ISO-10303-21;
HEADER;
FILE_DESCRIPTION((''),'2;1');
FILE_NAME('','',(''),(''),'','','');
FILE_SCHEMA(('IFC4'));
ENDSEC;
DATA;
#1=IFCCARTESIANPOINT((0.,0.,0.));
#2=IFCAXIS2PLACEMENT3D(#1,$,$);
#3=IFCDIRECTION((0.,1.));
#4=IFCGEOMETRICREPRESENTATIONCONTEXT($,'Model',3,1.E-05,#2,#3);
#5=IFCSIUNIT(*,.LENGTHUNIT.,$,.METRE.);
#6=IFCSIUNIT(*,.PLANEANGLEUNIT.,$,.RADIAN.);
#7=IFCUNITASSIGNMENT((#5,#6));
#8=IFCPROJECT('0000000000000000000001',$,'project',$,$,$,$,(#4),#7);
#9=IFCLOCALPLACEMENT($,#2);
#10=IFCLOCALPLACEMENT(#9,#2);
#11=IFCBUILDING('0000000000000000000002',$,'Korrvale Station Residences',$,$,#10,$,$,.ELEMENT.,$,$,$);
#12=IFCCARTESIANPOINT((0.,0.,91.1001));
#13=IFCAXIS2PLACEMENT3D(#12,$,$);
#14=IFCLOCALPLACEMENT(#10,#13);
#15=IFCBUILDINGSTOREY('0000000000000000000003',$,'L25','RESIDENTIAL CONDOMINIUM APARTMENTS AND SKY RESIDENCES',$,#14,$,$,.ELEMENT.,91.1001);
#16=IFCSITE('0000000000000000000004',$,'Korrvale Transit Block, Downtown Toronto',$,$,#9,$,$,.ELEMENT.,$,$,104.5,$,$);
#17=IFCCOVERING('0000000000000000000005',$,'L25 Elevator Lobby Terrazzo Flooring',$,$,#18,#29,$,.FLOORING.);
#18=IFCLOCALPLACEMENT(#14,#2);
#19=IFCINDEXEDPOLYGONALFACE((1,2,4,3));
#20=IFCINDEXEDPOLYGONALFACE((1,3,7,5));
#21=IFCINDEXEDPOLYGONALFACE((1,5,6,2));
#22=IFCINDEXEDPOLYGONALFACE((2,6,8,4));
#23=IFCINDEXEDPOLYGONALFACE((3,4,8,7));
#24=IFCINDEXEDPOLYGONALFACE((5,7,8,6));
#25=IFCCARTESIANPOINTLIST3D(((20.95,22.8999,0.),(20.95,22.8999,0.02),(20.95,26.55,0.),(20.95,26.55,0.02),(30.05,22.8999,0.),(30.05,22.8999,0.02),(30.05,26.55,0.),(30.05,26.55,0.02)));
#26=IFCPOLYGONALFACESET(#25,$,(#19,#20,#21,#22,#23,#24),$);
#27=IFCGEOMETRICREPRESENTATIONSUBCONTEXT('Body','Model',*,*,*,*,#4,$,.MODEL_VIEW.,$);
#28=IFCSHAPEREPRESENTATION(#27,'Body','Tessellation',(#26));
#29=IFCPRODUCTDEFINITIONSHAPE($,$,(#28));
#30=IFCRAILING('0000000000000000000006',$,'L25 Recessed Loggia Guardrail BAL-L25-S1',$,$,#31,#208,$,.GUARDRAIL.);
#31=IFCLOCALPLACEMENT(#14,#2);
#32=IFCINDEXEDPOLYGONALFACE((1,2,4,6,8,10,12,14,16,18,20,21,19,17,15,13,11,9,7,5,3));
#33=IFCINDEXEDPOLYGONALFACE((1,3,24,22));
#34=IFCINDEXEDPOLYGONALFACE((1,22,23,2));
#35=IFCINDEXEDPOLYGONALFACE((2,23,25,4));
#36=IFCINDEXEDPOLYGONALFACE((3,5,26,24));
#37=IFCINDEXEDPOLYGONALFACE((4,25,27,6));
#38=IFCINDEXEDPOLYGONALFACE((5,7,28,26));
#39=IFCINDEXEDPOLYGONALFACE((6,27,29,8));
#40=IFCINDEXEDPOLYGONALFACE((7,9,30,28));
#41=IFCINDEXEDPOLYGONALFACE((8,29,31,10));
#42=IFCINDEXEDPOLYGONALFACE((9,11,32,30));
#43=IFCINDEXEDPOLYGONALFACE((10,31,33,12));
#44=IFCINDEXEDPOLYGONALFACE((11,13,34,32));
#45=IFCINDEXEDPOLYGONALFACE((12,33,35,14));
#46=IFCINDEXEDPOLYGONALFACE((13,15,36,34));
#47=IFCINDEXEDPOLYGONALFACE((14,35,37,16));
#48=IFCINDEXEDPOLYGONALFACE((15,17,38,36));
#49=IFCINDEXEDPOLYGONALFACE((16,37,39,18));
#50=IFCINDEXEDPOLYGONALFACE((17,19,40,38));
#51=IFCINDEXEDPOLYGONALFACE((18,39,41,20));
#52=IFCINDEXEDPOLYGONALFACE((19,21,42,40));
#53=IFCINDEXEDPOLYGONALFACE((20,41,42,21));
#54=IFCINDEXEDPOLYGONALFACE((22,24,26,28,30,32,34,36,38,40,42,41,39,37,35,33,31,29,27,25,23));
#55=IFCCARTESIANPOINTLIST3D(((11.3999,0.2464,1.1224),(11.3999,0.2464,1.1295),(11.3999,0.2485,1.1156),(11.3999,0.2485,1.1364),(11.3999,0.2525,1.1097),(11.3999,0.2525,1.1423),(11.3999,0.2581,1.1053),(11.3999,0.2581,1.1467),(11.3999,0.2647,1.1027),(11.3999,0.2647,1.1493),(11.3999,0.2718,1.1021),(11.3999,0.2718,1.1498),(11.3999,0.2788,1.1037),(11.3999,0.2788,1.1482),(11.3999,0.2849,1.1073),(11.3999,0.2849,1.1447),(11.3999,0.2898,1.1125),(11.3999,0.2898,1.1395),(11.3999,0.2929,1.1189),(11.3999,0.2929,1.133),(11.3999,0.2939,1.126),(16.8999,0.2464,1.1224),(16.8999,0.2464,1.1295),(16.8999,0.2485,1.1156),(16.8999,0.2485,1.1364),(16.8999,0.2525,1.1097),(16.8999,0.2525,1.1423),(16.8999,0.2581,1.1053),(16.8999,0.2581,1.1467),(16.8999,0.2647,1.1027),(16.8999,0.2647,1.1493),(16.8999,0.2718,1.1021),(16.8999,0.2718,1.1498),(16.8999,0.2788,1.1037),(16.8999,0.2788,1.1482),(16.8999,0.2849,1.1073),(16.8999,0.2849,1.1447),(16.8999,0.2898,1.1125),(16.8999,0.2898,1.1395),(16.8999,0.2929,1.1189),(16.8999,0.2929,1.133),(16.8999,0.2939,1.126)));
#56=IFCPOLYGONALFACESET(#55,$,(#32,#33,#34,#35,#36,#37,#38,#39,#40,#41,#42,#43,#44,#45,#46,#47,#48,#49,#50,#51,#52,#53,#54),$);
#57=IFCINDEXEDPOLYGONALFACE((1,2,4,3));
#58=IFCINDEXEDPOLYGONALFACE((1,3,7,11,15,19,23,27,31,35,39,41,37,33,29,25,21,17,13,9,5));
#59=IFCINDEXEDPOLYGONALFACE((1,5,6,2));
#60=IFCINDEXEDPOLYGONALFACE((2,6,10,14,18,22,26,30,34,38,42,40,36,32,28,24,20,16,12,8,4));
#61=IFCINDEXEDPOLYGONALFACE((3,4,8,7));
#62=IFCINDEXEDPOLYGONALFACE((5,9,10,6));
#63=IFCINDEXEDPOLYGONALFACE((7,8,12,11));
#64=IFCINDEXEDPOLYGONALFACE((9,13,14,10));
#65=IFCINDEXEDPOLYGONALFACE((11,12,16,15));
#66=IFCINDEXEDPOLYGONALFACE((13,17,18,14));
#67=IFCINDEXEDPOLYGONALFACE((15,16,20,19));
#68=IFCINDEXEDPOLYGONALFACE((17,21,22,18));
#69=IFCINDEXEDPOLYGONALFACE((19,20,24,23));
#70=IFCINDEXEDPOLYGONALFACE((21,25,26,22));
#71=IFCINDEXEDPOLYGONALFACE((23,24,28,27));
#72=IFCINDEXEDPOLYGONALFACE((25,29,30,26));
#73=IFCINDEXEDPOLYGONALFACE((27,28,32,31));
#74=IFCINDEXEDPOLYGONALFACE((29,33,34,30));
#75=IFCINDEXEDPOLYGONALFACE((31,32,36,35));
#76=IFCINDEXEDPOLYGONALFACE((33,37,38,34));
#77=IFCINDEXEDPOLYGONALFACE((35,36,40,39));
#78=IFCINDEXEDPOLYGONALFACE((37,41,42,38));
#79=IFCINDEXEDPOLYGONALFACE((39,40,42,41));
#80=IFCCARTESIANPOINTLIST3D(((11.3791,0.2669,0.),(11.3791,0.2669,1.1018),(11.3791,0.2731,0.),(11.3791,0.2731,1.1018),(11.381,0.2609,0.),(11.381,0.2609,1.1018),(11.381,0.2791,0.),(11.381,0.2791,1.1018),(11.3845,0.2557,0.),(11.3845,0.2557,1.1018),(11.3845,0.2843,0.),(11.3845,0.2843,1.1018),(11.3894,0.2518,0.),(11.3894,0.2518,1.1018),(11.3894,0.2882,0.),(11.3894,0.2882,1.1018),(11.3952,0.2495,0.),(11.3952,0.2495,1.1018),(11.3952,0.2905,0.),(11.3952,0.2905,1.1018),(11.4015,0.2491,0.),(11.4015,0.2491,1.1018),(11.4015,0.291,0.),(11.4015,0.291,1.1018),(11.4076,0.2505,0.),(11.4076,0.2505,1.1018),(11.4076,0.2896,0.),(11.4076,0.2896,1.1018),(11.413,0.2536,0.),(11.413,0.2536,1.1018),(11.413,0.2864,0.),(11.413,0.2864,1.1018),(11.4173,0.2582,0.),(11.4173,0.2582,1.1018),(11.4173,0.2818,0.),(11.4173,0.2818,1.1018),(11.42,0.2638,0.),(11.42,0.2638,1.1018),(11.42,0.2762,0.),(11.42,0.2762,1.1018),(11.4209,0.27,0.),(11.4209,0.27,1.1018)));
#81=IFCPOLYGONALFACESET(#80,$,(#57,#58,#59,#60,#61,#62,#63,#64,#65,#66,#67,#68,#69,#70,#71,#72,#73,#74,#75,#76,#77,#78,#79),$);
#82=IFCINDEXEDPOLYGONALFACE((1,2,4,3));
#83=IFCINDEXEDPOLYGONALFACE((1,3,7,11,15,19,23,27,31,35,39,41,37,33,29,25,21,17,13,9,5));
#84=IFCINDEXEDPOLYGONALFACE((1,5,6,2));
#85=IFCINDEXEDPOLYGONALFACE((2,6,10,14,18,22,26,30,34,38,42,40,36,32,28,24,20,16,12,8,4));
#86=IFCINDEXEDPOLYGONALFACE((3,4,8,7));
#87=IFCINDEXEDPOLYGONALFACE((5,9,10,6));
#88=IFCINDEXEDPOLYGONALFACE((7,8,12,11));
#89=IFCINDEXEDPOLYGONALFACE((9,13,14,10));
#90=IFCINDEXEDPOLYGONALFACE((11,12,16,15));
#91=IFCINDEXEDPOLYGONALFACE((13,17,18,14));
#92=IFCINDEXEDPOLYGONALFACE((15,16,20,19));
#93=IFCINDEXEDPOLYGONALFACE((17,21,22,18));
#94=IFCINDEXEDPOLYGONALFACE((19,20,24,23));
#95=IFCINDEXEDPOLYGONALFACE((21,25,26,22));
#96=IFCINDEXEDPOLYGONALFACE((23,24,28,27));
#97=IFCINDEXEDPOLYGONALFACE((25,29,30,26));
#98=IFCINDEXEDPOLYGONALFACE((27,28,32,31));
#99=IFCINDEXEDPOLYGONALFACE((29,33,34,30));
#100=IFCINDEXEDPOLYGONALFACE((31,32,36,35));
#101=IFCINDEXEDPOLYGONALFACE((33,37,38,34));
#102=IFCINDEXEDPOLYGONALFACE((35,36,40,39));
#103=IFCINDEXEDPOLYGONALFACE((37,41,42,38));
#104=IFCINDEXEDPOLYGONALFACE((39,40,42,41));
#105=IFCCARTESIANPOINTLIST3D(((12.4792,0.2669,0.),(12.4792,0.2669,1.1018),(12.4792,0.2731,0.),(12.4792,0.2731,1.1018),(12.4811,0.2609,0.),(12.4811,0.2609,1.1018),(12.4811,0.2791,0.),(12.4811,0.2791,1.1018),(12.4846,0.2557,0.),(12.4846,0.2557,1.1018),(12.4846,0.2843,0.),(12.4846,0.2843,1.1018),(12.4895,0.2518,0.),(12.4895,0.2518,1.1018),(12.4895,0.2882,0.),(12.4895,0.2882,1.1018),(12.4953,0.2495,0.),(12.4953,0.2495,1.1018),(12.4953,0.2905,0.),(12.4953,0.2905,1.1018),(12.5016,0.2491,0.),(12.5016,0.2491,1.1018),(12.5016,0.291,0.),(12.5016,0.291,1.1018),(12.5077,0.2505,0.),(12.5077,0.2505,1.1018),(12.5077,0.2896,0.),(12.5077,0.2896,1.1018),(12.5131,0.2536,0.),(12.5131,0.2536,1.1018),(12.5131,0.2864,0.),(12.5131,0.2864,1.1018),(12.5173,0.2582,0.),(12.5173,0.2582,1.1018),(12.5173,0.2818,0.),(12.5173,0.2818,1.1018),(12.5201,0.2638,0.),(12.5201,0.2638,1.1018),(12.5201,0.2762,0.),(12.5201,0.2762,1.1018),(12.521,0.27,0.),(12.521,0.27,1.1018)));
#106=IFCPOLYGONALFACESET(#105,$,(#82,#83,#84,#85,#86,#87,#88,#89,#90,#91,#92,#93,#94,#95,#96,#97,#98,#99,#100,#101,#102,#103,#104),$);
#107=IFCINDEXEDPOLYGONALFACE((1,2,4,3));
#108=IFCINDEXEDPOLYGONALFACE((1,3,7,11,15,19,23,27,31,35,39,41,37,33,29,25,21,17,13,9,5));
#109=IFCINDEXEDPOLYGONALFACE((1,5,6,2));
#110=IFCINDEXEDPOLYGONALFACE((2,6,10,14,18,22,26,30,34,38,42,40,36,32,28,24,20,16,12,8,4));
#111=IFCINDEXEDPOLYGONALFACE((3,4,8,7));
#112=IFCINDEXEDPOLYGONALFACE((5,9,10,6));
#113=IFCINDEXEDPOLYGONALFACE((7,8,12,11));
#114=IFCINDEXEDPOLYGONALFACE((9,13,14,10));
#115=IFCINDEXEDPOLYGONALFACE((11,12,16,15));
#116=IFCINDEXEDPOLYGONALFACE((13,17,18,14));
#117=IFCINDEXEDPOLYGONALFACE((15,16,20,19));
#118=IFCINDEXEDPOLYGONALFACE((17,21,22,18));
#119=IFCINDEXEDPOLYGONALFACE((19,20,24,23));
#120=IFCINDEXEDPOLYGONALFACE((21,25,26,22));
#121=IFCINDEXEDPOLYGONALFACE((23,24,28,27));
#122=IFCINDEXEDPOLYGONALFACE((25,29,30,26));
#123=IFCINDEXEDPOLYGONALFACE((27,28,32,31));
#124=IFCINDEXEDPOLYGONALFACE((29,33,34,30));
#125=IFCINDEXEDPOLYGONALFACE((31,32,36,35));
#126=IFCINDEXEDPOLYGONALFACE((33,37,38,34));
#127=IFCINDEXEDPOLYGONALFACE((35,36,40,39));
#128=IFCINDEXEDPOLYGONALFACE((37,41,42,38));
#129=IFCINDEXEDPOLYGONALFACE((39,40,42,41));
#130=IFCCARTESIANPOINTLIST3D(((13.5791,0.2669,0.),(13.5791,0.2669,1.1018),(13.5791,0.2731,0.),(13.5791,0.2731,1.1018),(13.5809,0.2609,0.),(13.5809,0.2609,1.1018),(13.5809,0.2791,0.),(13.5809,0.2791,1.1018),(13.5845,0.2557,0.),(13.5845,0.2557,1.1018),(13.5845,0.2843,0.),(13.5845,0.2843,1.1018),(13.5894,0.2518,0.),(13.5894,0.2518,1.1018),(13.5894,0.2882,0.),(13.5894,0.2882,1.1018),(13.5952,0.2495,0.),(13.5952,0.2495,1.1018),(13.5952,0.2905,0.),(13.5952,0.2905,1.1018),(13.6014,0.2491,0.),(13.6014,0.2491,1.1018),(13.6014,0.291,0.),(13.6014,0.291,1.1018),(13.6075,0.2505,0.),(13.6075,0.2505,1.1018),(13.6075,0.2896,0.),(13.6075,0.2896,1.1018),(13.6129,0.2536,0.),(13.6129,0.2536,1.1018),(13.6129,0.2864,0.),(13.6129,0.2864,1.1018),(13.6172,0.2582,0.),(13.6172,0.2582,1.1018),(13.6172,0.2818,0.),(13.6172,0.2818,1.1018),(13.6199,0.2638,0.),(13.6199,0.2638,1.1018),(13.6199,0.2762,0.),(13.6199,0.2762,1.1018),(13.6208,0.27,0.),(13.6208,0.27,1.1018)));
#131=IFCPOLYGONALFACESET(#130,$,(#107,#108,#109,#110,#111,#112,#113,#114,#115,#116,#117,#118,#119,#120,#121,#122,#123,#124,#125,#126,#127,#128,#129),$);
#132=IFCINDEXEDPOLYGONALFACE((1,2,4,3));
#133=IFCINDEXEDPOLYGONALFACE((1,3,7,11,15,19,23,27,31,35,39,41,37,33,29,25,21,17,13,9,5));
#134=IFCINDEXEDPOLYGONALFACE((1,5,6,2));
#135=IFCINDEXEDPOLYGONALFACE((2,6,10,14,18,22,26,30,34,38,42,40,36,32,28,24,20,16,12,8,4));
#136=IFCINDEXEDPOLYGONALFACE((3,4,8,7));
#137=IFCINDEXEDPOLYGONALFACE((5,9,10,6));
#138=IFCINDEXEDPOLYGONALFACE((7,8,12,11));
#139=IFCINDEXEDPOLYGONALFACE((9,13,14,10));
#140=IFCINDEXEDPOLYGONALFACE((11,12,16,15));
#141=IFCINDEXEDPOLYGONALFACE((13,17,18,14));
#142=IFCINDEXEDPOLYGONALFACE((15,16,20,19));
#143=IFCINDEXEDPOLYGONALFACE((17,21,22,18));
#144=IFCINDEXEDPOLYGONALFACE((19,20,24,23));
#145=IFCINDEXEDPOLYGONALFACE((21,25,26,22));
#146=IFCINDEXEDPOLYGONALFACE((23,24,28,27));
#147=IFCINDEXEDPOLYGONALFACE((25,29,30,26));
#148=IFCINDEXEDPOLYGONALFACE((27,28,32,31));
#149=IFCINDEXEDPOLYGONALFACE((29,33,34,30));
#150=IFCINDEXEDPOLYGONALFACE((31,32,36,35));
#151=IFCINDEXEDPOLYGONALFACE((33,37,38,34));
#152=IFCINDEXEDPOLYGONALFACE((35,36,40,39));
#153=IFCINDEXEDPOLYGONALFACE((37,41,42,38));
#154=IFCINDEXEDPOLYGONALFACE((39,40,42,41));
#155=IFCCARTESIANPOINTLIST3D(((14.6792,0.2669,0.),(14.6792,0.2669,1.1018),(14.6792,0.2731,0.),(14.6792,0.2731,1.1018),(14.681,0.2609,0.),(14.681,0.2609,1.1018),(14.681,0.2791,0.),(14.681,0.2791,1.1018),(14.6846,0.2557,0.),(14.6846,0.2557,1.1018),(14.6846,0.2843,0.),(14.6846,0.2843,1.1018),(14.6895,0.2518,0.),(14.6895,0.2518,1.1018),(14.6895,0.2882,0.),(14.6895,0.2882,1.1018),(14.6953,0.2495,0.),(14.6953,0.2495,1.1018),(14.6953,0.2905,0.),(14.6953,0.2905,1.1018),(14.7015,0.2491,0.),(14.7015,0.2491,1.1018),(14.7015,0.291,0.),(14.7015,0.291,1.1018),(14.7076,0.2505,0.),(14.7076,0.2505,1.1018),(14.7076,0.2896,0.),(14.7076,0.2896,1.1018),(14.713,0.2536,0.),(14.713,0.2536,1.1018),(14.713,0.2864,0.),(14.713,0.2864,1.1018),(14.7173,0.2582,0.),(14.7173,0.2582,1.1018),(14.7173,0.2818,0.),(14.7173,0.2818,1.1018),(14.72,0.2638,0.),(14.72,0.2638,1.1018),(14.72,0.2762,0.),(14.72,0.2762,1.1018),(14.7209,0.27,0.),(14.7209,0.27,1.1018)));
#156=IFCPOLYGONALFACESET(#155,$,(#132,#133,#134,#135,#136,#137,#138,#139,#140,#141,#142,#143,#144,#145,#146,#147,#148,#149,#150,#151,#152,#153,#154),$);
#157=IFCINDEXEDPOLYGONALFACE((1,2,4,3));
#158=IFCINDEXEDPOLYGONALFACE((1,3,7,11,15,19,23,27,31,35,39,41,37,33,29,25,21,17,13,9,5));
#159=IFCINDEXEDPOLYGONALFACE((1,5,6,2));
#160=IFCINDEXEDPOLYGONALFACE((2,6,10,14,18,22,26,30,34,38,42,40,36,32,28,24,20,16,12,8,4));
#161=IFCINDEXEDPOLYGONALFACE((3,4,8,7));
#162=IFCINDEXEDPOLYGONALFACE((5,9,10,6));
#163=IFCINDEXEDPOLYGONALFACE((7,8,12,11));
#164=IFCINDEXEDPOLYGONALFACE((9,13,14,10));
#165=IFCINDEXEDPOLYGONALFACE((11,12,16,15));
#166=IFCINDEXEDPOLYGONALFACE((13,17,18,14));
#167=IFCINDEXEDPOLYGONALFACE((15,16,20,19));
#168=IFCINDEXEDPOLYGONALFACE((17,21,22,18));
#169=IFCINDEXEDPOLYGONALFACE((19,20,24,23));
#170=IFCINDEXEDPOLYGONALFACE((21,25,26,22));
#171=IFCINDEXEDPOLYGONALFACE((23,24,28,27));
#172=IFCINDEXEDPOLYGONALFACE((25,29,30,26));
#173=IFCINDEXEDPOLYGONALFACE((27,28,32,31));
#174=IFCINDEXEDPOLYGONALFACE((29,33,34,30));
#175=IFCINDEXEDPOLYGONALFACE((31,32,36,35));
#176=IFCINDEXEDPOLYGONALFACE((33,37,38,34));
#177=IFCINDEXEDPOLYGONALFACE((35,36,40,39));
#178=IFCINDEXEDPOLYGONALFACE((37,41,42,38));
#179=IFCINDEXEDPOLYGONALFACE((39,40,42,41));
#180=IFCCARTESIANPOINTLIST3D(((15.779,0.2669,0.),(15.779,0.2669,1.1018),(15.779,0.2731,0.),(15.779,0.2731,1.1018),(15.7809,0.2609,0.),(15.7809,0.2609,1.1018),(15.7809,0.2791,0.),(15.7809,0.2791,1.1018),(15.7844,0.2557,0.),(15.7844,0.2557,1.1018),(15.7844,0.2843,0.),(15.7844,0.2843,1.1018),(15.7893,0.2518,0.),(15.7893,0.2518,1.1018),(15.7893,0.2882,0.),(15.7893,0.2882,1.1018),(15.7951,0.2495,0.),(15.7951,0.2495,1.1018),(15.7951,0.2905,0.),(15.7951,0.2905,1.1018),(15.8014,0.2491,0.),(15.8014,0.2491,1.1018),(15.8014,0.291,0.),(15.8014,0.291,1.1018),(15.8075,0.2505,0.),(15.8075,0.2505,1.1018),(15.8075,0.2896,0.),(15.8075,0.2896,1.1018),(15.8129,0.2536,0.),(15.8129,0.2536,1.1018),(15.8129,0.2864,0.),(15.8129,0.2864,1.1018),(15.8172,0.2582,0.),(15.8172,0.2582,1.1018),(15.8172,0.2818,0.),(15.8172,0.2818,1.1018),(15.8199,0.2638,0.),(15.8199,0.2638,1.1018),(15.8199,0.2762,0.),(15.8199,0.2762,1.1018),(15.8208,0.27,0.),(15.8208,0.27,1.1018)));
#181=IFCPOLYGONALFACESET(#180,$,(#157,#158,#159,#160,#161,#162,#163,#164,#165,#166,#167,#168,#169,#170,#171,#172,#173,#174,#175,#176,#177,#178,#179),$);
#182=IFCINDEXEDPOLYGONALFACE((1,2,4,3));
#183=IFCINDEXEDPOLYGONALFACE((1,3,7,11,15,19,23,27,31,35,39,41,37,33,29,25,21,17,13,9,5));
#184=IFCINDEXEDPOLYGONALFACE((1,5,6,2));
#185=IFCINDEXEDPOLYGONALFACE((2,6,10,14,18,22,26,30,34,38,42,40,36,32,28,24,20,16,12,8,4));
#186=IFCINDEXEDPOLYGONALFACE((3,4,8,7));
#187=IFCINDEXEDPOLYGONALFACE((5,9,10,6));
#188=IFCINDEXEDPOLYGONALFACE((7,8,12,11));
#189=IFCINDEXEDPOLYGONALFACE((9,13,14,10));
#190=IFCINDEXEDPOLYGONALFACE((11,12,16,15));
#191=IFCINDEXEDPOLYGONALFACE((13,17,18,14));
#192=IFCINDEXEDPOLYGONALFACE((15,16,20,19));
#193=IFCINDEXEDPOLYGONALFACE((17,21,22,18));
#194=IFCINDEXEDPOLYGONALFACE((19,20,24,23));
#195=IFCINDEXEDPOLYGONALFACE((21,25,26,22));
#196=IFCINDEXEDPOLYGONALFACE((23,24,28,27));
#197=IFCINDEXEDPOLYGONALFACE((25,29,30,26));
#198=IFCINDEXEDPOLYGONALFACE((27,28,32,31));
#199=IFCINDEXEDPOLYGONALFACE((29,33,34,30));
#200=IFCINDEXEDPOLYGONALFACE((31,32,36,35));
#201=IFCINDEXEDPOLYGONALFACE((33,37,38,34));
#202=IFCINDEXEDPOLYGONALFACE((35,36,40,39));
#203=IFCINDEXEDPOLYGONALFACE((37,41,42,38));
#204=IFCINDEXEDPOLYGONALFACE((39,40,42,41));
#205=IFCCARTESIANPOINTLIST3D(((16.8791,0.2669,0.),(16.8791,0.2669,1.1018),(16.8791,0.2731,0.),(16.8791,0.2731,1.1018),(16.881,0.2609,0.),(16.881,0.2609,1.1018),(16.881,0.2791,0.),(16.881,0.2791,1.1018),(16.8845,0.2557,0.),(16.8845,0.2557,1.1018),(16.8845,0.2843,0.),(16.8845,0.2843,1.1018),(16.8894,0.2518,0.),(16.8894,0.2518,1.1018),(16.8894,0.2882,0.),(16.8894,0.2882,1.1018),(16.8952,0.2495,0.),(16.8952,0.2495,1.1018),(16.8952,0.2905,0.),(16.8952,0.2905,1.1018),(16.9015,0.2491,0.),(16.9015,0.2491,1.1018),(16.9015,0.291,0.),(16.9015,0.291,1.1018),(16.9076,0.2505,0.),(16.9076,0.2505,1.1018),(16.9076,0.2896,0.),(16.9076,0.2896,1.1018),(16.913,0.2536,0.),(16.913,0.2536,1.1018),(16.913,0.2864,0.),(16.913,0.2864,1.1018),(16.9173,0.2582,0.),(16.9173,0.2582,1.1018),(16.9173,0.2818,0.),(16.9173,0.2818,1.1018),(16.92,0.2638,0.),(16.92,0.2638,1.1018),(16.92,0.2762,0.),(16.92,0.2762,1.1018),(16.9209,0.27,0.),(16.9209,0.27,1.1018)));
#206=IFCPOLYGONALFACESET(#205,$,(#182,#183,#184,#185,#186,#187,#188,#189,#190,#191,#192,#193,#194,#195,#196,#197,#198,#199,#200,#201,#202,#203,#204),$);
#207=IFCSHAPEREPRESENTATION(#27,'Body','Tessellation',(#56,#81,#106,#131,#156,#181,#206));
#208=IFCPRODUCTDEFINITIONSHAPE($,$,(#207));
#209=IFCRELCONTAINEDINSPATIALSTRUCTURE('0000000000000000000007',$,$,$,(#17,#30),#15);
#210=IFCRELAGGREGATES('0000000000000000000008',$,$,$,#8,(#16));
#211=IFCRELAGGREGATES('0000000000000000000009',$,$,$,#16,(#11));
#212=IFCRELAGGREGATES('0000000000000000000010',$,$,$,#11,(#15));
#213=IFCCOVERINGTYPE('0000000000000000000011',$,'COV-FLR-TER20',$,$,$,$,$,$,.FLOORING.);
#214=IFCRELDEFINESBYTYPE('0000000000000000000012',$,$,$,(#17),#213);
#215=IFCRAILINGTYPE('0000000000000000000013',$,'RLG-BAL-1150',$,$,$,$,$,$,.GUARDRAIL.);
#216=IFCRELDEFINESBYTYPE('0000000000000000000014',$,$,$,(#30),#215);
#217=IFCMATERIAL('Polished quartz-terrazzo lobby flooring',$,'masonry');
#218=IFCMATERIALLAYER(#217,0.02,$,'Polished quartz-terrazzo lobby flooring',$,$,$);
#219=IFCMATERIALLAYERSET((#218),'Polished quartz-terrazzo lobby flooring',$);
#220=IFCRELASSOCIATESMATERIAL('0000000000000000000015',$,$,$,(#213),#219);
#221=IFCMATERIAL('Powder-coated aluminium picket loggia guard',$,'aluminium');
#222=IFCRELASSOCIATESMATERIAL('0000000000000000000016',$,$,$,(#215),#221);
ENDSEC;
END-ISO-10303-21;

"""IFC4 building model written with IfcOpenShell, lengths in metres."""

from ifc_helpers import new_model, si_unit, direction, frame, origin, origin_2d, place, context, subcontext, project, spatial, polyline, circle, outline, extrude, material, layer, layer_set, type_object, element, save


model = new_model("IFC4")

# Units and contexts
model_context = context("Model", 3, precision=1e-05, world=origin(), true_north=direction((0.0, 1.0)))
body_context = subcontext(model_context, "Body", "Model", "MODEL_VIEW")
ifc_project = project(units=[si_unit("LENGTHUNIT", "METRE"), si_unit("PLANEANGLEUNIT", "RADIAN")], contexts=[model_context])

# Site, building, storey
site_placement = place(None, origin())
site = spatial("IfcSite", under=ifc_project, at=site_placement, Name="Korrvale Transit Block, Downtown Toronto", CompositionType="ELEMENT", RefElevation=104.5)
building_placement = place(site_placement, origin())
building = spatial("IfcBuilding", under=site, at=building_placement, Name="Korrvale Station Residences", CompositionType="ELEMENT")
storey_placement = place(building_placement, frame((0.0, 0.0, 91.1001)))
storey = spatial("IfcBuildingStorey", under=building, at=storey_placement, Name="L25", Description="RESIDENTIAL CONDOMINIUM APARTMENTS AND SKY RESIDENCES", CompositionType="ELEMENT", Elevation=91.1001)

# Covering
ifc_material_1 = material(Name="Polished quartz-terrazzo lobby flooring", Category="masonry")
ifc_layer_1 = layer(ifc_material_1, 0.02, Name="Polished quartz-terrazzo lobby flooring")
ifc_layer_set_1 = layer_set([ifc_layer_1], Name="Polished quartz-terrazzo lobby flooring")
covering_type_1 = type_object("IfcCoveringType", Name="COV-FLR-TER20", PredefinedType="FLOORING", material=ifc_layer_set_1)
covering_1_placement = place(storey_placement, origin())
element("IfcCovering", 1, at=covering_1_placement, inside=storey, type_object=covering_type_1, Name="L25 Elevator Lobby Terrazzo Flooring", PredefinedType="FLOORING", context=body_context, shape_type="SweptSolid", body=[
    extrude(outline(polyline([(20.95, 22.8999), (30.05, 22.8999), (30.05, 26.55), (20.95, 26.55), (20.95, 22.8999)])), origin(), (0.0, 0.0, 1.0), 0.02),
])

# Railing
ifc_material_2 = material(Name="Powder-coated aluminium picket loggia guard", Category="aluminium")
railing_type = type_object("IfcRailingType", Name="RLG-BAL-1150", PredefinedType="GUARDRAIL", material=ifc_material_2)
railing_placement = place(storey_placement, frame((11.3999, 0.27, 0.0)))
element("IfcRailing", 2, at=railing_placement, inside=storey, type_object=railing_type, Name="L25 Recessed Loggia Guardrail BAL-L25-S1", PredefinedType="GUARDRAIL", context=body_context, shape_type="SweptSolid", body=[
    extrude(circle(Radius=0.0239, at=origin_2d()), frame((0.0, 0.0, 1.126), z_axis=(1.0, 0.0, 0.0), x_axis=(0.0, 1.0, 0.0)), (0.0, 0.0, 1.0), 5.5),
    extrude(circle(Radius=0.021, at=origin_2d()), origin(), (0.0, 0.0, 1.0), 1.1018),
    extrude(circle(Radius=0.021, at=origin_2d()), frame((1.1001, 0.0, 0.0)), (0.0, 0.0, 1.0), 1.1018),
    extrude(circle(Radius=0.021, at=origin_2d()), frame((2.2, 0.0, 0.0)), (0.0, 0.0, 1.0), 1.1018),
    extrude(circle(Radius=0.021, at=origin_2d()), frame((3.3, 0.0, 0.0)), (0.0, 0.0, 1.0), 1.1018),
    extrude(circle(Radius=0.021, at=origin_2d()), frame((4.3999, 0.0, 0.0)), (0.0, 0.0, 1.0), 1.1018),
    extrude(circle(Radius=0.021, at=origin_2d()), frame((5.5, 0.0, 0.0)), (0.0, 0.0, 1.0), 1.1018),
])

save(model, "model.ifc")
